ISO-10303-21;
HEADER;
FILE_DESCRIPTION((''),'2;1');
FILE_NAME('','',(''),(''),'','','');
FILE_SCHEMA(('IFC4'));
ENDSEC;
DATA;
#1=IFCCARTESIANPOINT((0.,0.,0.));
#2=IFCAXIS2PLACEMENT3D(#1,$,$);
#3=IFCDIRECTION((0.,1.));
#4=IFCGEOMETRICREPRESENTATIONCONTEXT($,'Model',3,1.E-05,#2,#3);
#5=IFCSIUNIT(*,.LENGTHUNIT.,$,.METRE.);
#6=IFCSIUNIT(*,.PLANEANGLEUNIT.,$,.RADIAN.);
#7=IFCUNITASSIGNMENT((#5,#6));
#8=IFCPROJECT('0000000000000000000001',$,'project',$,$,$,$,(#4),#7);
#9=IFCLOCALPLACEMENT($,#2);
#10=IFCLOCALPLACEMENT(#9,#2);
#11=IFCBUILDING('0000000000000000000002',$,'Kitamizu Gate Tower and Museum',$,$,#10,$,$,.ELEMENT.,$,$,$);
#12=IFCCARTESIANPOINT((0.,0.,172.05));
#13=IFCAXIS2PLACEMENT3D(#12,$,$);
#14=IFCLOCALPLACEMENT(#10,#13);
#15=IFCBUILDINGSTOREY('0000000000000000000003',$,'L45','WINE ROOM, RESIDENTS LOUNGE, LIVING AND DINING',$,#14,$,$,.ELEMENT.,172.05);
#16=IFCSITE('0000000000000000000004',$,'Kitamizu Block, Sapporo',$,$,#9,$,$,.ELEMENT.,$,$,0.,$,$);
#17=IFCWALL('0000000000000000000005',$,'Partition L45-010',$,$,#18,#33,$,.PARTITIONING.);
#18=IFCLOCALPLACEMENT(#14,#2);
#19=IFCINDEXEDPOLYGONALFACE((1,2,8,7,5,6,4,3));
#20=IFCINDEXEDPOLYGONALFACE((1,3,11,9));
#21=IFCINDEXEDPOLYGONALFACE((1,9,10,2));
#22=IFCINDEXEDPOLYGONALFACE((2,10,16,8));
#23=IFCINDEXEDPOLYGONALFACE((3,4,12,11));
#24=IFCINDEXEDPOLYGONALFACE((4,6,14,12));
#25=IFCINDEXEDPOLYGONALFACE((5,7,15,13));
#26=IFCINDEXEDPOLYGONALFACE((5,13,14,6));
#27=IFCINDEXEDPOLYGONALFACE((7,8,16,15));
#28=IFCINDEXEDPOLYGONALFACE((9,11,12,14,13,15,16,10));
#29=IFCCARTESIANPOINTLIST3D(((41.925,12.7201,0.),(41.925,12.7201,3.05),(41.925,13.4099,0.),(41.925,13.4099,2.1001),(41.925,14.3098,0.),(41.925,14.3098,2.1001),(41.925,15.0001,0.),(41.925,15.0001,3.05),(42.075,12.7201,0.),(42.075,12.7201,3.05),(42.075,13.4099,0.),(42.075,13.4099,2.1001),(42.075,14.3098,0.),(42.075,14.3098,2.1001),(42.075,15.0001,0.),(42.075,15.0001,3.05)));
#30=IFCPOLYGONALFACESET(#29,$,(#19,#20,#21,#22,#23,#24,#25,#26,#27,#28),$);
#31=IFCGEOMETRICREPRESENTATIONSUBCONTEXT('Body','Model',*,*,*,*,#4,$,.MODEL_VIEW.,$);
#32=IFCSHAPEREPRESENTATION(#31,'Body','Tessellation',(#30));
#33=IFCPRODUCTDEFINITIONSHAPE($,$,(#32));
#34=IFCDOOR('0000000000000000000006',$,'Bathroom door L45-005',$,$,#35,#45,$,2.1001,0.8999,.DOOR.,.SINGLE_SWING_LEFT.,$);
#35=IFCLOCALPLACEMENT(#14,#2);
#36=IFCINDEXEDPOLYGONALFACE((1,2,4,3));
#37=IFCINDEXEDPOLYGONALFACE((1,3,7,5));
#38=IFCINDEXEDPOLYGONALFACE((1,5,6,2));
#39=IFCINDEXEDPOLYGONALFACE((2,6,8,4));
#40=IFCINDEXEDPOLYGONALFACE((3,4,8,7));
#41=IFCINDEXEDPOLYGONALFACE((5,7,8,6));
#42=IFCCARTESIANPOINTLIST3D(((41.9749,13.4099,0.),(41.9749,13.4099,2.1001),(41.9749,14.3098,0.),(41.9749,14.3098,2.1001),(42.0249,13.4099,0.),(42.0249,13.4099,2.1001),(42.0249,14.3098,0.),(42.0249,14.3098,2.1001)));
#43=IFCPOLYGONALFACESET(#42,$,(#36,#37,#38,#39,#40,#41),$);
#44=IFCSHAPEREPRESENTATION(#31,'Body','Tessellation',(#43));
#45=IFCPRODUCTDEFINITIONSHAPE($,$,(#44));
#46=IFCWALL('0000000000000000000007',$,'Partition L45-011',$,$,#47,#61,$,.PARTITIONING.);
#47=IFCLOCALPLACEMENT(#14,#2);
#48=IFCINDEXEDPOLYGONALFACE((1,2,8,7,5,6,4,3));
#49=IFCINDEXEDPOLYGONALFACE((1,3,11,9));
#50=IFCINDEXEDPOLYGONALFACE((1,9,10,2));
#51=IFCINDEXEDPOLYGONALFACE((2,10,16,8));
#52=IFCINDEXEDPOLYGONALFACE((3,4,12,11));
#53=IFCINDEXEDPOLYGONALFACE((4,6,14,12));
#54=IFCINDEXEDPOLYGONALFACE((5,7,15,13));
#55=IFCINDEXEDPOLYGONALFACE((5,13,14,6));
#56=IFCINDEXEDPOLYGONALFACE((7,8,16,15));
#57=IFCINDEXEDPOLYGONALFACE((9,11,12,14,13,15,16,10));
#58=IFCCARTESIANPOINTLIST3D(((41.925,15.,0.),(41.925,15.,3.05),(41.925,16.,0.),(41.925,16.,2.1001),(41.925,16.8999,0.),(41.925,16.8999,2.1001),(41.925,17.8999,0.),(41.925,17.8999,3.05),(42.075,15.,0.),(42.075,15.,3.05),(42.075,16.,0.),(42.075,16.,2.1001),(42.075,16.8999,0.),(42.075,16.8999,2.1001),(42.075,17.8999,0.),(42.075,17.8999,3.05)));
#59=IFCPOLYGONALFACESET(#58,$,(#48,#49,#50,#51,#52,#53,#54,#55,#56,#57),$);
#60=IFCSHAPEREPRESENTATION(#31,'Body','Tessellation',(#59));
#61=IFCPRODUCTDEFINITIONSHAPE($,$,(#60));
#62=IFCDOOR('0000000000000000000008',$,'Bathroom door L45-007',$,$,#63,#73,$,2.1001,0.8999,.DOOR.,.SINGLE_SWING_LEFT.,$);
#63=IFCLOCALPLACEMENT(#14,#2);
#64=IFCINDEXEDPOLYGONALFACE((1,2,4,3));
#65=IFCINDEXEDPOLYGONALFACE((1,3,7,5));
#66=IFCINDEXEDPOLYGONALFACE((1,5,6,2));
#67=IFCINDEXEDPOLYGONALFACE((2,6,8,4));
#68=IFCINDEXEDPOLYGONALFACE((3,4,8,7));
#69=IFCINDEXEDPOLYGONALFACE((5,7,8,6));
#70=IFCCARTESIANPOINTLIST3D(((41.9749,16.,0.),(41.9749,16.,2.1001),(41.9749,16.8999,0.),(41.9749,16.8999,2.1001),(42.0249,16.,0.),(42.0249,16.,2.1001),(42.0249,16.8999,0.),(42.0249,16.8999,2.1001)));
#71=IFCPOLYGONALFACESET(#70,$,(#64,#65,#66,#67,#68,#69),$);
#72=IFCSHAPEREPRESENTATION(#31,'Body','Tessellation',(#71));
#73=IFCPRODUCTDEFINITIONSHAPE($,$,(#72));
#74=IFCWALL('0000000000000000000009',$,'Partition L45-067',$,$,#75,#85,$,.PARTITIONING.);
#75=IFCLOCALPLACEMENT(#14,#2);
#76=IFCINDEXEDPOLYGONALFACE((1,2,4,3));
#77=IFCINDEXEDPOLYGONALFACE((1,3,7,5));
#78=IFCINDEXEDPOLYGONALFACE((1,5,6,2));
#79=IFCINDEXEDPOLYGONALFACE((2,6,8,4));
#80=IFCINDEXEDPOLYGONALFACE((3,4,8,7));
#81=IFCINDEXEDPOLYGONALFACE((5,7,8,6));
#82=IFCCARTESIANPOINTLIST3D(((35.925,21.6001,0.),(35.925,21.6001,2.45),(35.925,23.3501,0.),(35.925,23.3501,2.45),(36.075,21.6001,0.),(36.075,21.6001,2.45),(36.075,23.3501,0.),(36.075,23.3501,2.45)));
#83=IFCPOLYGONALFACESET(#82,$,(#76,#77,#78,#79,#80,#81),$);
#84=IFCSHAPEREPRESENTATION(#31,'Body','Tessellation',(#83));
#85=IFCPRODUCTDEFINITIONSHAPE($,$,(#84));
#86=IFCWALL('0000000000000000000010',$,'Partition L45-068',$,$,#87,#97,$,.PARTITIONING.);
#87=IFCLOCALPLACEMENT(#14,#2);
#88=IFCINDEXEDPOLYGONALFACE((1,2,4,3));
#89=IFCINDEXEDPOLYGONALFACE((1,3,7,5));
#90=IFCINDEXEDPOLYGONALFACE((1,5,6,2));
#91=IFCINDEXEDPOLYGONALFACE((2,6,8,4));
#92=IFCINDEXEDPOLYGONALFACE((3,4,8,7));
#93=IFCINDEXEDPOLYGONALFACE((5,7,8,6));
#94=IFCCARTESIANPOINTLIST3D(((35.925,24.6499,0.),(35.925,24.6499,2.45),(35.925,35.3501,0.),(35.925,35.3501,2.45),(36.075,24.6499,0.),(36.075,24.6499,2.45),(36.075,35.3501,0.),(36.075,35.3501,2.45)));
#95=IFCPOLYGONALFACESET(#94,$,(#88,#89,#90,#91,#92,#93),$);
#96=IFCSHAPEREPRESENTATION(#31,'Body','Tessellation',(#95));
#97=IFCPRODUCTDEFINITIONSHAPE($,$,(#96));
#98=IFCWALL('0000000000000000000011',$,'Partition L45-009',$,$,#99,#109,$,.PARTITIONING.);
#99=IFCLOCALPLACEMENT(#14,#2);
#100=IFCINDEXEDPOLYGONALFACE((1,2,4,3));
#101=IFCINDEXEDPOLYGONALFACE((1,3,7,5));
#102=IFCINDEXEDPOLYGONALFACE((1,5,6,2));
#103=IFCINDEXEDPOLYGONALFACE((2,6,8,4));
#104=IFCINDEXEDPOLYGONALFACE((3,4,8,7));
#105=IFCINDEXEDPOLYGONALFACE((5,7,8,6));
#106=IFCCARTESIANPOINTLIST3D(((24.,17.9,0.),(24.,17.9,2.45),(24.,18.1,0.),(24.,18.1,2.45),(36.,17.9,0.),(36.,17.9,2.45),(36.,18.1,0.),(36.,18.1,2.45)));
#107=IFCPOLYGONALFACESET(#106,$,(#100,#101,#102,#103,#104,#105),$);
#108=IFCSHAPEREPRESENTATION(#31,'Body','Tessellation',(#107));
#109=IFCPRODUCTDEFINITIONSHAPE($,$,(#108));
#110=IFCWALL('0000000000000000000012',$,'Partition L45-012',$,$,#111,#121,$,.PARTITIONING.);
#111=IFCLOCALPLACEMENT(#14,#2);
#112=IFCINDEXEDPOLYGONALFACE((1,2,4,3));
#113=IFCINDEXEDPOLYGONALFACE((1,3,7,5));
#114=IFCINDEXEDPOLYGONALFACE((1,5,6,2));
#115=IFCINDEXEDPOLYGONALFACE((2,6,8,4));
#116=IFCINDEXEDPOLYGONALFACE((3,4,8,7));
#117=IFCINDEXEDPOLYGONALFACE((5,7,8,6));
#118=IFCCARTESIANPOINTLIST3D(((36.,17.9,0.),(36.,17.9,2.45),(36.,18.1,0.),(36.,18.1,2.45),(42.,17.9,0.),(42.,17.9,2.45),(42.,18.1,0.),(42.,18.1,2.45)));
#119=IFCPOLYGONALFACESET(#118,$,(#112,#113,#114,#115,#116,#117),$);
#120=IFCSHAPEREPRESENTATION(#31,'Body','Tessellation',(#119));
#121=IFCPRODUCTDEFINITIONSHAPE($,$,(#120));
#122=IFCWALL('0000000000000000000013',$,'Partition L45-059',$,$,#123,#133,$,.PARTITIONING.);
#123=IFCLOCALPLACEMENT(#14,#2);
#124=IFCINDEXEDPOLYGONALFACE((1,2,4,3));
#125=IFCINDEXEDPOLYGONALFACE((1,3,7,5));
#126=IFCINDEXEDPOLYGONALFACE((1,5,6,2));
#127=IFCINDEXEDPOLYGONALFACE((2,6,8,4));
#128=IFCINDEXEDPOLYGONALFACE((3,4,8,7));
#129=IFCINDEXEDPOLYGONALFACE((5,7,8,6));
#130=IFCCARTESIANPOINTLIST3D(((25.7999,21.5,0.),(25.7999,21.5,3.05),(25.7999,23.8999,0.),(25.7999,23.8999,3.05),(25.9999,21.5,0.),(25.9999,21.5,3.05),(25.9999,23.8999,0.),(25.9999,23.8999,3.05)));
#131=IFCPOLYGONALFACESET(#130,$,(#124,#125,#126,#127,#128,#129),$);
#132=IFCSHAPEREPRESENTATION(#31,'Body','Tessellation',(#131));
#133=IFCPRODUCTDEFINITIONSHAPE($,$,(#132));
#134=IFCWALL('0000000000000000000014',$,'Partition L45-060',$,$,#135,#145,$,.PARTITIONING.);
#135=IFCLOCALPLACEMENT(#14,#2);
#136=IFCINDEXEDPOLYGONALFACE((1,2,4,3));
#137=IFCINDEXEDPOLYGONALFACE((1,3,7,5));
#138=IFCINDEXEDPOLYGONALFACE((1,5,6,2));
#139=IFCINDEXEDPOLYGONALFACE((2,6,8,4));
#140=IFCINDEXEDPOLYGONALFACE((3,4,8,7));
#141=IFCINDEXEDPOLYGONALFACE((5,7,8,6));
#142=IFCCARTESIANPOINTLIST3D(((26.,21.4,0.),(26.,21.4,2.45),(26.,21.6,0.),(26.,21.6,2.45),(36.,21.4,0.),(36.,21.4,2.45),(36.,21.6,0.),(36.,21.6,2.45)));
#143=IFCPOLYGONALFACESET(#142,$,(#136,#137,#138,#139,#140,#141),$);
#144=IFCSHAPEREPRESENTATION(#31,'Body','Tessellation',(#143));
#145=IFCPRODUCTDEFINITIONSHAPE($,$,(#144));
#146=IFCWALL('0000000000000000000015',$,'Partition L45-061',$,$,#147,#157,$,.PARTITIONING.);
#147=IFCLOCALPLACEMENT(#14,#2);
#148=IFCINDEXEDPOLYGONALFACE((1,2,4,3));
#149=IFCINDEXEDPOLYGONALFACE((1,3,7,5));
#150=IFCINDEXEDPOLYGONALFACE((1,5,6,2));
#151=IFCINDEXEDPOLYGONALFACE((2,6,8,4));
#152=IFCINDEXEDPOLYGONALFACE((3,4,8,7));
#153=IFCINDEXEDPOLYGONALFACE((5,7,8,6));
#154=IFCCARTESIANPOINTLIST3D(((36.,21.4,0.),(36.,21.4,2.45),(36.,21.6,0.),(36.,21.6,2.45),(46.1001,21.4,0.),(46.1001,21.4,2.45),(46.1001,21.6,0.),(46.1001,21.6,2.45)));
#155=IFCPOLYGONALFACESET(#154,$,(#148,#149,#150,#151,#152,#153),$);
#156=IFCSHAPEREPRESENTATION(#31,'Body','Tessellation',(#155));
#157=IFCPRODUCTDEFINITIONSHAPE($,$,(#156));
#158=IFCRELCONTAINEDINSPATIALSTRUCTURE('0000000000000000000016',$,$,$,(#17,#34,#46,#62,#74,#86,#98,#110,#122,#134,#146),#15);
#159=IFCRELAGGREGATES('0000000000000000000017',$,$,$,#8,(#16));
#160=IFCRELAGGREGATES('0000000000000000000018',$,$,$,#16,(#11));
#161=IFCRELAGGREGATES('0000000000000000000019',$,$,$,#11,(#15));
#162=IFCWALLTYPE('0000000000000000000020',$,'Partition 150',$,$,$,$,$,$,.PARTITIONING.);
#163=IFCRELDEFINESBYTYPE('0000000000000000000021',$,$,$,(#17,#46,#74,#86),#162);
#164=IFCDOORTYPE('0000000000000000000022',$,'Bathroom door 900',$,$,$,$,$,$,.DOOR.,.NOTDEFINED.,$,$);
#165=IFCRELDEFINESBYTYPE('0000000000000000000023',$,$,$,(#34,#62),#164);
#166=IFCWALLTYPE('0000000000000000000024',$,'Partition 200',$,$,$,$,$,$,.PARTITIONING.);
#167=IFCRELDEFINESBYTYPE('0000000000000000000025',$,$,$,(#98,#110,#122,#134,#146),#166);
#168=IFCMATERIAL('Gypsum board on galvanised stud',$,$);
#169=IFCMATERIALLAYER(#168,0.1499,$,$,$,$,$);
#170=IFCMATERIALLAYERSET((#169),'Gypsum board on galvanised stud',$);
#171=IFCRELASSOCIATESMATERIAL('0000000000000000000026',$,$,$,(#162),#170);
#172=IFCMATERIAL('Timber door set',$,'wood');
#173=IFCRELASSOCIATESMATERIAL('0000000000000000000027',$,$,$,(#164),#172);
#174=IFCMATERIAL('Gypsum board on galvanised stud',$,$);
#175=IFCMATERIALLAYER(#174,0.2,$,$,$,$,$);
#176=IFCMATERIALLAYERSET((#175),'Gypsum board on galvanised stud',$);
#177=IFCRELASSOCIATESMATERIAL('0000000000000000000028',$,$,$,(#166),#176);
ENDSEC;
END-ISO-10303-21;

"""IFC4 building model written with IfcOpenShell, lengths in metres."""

from ifc_helpers import new_model, si_unit, direction, frame, frame_2d, origin, place, context, subcontext, project, spatial, rectangle, extrude, material, layer, layer_set, type_object, element, fill, save


model = new_model("IFC4")

# Units and contexts
model_context = context("Model", 3, precision=1e-05, world=origin(), true_north=direction((0.0, 1.0)))
body_context = subcontext(model_context, "Body", "Model", "MODEL_VIEW")
ifc_project = project(units=[si_unit("LENGTHUNIT", "METRE"), si_unit("PLANEANGLEUNIT", "RADIAN")], contexts=[model_context])

# Site, building, storey
site_placement = place(None, origin())
site = spatial("IfcSite", under=ifc_project, at=site_placement, Name="Kitamizu Block, Sapporo", CompositionType="ELEMENT", RefElevation=0.0)
building_placement = place(site_placement, origin())
building = spatial("IfcBuilding", under=site, at=building_placement, Name="Kitamizu Gate Tower and Museum", CompositionType="ELEMENT")
storey_placement = place(building_placement, frame((0.0, 0.0, 172.05)))
storey = spatial("IfcBuildingStorey", under=building, at=storey_placement, Name="L45", Description="WINE ROOM, RESIDENTS LOUNGE, LIVING AND DINING", CompositionType="ELEMENT", Elevation=172.05)

# Walls, openings, doors
ifc_material_1 = material(Name="Gypsum board on galvanised stud")
ifc_layer_1 = layer(ifc_material_1, 0.1499)
ifc_layer_set_1 = layer_set([ifc_layer_1], Name="Gypsum board on galvanised stud")
wall_type_1 = type_object("IfcWallType", Name="Partition 150", PredefinedType="PARTITIONING", material=ifc_layer_set_1)
wall_1_placement = place(storey_placement, frame((42.0, 12.72, 0.0), z_axis=(0.0, 0.0, 1.0), x_axis=(0.0, 1.0, 0.0)))
wall_1 = element("IfcWall", 1, at=wall_1_placement, inside=storey, type_object=wall_type_1, Name="Partition L45-010", PredefinedType="PARTITIONING", context=body_context, shape_type="SweptSolid", body=[
    extrude(rectangle(XDim=2.28, YDim=0.1499, at=frame_2d((1.1401, 0.0))), origin(), (0.0, 0.0, 1.0), 3.05),
])
opening_1_placement = place(wall_1_placement, frame((0.6899, 0.0, 0.0)))
opening_1 = element("IfcOpeningElement", 2, at=opening_1_placement, cuts=wall_1, PredefinedType="OPENING", context=body_context, shape_type="SweptSolid", body=[
    extrude(rectangle(XDim=0.8999, YDim=2.1001, at=frame_2d((0.45, 1.05))), frame((0.0, 0.085, 0.0), z_axis=(0.0, -1.0, 0.0), x_axis=(1.0, 0.0, 0.0)), (0.0, 0.0, 1.0), 0.1699),
])
ifc_material_2 = material(Name="Timber door set", Category="wood")
door_type_1 = type_object("IfcDoorType", Name="Bathroom door 900", OperationType="NOTDEFINED", PredefinedType="DOOR", material=ifc_material_2)
door_1_placement = place(opening_1_placement, frame((0.8999, 0.0, 0.0), x_axis=(-1.0, 0.0, 0.0)))
door_1 = element("IfcDoor", 3, at=door_1_placement, inside=storey, type_object=door_type_1, Name="Bathroom door L45-005", OperationType="SINGLE_SWING_LEFT", OverallHeight=2.1001, OverallWidth=0.8999, PredefinedType="DOOR", context=body_context, shape_type="SweptSolid", body=[
    extrude(rectangle(XDim=0.8999, YDim=2.1001, at=frame_2d((0.45, 1.05))), frame((0.0, 0.0249, 0.0), z_axis=(0.0, -1.0, 0.0), x_axis=(1.0, 0.0, 0.0)), (0.0, 0.0, 1.0), 0.05),
])
fill(opening_1, door_1)
wall_2_placement = place(storey_placement, frame((42.0, 15.0, 0.0), z_axis=(0.0, 0.0, 1.0), x_axis=(0.0, 1.0, 0.0)))
wall_2 = element("IfcWall", 4, at=wall_2_placement, inside=storey, type_object=wall_type_1, Name="Partition L45-011", PredefinedType="PARTITIONING", context=body_context, shape_type="SweptSolid", body=[
    extrude(rectangle(XDim=2.8999, YDim=0.1499, at=frame_2d((1.45, 0.0))), origin(), (0.0, 0.0, 1.0), 3.05),
])
opening_2_placement = place(wall_2_placement, frame((1.0, 0.0, 0.0)))
opening_2 = element("IfcOpeningElement", 5, at=opening_2_placement, cuts=wall_2, PredefinedType="OPENING", context=body_context, shape_type="SweptSolid", body=[
    extrude(rectangle(XDim=0.8999, YDim=2.1001, at=frame_2d((0.45, 1.05))), frame((0.0, 0.085, 0.0), z_axis=(0.0, -1.0, 0.0), x_axis=(1.0, 0.0, 0.0)), (0.0, 0.0, 1.0), 0.1699),
])
door_2_placement = place(opening_2_placement, frame((0.8999, 0.0, 0.0), x_axis=(-1.0, 0.0, 0.0)))
door_2 = element("IfcDoor", 6, at=door_2_placement, inside=storey, type_object=door_type_1, Name="Bathroom door L45-007", OperationType="SINGLE_SWING_LEFT", OverallHeight=2.1001, OverallWidth=0.8999, PredefinedType="DOOR", context=body_context, shape_type="SweptSolid", body=[
    extrude(rectangle(XDim=0.8999, YDim=2.1001, at=frame_2d((0.45, 1.05))), frame((0.0, 0.0249, 0.0), z_axis=(0.0, -1.0, 0.0), x_axis=(1.0, 0.0, 0.0)), (0.0, 0.0, 1.0), 0.05),
])
fill(opening_2, door_2)

# Walls
wall_3_placement = place(storey_placement, frame((36.0, 21.6001, 0.0), z_axis=(0.0, 0.0, 1.0), x_axis=(0.0, 1.0, 0.0)))
element("IfcWall", 7, at=wall_3_placement, inside=storey, type_object=wall_type_1, Name="Partition L45-067", PredefinedType="PARTITIONING", context=body_context, shape_type="SweptSolid", body=[
    extrude(rectangle(XDim=1.75, YDim=0.1499, at=frame_2d((0.875, 0.0))), origin(), (0.0, 0.0, 1.0), 2.45),
])
wall_4_placement = place(storey_placement, frame((36.0, 24.6499, 0.0), z_axis=(0.0, 0.0, 1.0), x_axis=(0.0, 1.0, 0.0)))
element("IfcWall", 8, at=wall_4_placement, inside=storey, type_object=wall_type_1, Name="Partition L45-068", PredefinedType="PARTITIONING", context=body_context, shape_type="SweptSolid", body=[
    extrude(rectangle(XDim=10.7002, YDim=0.1499, at=frame_2d((5.3501, 0.0))), origin(), (0.0, 0.0, 1.0), 2.45),
])
ifc_material_3 = material(Name="Gypsum board on galvanised stud")
ifc_layer_2 = layer(ifc_material_3, 0.2)
ifc_layer_set_2 = layer_set([ifc_layer_2], Name="Gypsum board on galvanised stud")
wall_type_2 = type_object("IfcWallType", Name="Partition 200", PredefinedType="PARTITIONING", material=ifc_layer_set_2)
wall_5_placement = place(storey_placement, frame((36.0, 18.0, 0.0), z_axis=(0.0, 0.0, 1.0), x_axis=(-1.0, 0.0, 0.0)))
element("IfcWall", 9, at=wall_5_placement, inside=storey, type_object=wall_type_2, Name="Partition L45-009", PredefinedType="PARTITIONING", context=body_context, shape_type="SweptSolid", body=[
    extrude(rectangle(XDim=12.0, YDim=0.2, at=frame_2d((6.0, 0.0))), origin(), (0.0, 0.0, 1.0), 2.45),
])
wall_6_placement = place(storey_placement, frame((42.0, 18.0, 0.0), z_axis=(0.0, 0.0, 1.0), x_axis=(-1.0, 0.0, 0.0)))
element("IfcWall", 10, at=wall_6_placement, inside=storey, type_object=wall_type_2, Name="Partition L45-012", PredefinedType="PARTITIONING", context=body_context, shape_type="SweptSolid", body=[
    extrude(rectangle(XDim=6.0, YDim=0.2, at=frame_2d((3.0, 0.0))), origin(), (0.0, 0.0, 1.0), 2.45),
])
wall_7_placement = place(storey_placement, frame((25.8999, 23.8999, 0.0), z_axis=(0.0, 0.0, 1.0), x_axis=(0.0, -1.0, 0.0)))
element("IfcWall", 11, at=wall_7_placement, inside=storey, type_object=wall_type_2, Name="Partition L45-059", PredefinedType="PARTITIONING", context=body_context, shape_type="SweptSolid", body=[
    extrude(rectangle(XDim=2.3999, YDim=0.2, at=frame_2d((1.2, 0.0))), origin(), (0.0, 0.0, 1.0), 3.05),
])
wall_8_placement = place(storey_placement, frame((26.0, 21.5, 0.0), z_axis=(0.0, 0.0, 1.0), x_axis=(1.0, 0.0, 0.0)))
element("IfcWall", 12, at=wall_8_placement, inside=storey, type_object=wall_type_2, Name="Partition L45-060", PredefinedType="PARTITIONING", context=body_context, shape_type="SweptSolid", body=[
    extrude(rectangle(XDim=10.0, YDim=0.2, at=frame_2d((5.0, 0.0))), origin(), (0.0, 0.0, 1.0), 2.45),
])
wall_9_placement = place(storey_placement, frame((36.0, 21.5, 0.0), z_axis=(0.0, 0.0, 1.0), x_axis=(1.0, 0.0, 0.0)))
element("IfcWall", 13, at=wall_9_placement, inside=storey, type_object=wall_type_2, Name="Partition L45-061", PredefinedType="PARTITIONING", context=body_context, shape_type="SweptSolid", body=[
    extrude(rectangle(XDim=10.1001, YDim=0.2, at=frame_2d((5.05, 0.0))), origin(), (0.0, 0.0, 1.0), 2.45),
])

save(model, "model.ifc")
